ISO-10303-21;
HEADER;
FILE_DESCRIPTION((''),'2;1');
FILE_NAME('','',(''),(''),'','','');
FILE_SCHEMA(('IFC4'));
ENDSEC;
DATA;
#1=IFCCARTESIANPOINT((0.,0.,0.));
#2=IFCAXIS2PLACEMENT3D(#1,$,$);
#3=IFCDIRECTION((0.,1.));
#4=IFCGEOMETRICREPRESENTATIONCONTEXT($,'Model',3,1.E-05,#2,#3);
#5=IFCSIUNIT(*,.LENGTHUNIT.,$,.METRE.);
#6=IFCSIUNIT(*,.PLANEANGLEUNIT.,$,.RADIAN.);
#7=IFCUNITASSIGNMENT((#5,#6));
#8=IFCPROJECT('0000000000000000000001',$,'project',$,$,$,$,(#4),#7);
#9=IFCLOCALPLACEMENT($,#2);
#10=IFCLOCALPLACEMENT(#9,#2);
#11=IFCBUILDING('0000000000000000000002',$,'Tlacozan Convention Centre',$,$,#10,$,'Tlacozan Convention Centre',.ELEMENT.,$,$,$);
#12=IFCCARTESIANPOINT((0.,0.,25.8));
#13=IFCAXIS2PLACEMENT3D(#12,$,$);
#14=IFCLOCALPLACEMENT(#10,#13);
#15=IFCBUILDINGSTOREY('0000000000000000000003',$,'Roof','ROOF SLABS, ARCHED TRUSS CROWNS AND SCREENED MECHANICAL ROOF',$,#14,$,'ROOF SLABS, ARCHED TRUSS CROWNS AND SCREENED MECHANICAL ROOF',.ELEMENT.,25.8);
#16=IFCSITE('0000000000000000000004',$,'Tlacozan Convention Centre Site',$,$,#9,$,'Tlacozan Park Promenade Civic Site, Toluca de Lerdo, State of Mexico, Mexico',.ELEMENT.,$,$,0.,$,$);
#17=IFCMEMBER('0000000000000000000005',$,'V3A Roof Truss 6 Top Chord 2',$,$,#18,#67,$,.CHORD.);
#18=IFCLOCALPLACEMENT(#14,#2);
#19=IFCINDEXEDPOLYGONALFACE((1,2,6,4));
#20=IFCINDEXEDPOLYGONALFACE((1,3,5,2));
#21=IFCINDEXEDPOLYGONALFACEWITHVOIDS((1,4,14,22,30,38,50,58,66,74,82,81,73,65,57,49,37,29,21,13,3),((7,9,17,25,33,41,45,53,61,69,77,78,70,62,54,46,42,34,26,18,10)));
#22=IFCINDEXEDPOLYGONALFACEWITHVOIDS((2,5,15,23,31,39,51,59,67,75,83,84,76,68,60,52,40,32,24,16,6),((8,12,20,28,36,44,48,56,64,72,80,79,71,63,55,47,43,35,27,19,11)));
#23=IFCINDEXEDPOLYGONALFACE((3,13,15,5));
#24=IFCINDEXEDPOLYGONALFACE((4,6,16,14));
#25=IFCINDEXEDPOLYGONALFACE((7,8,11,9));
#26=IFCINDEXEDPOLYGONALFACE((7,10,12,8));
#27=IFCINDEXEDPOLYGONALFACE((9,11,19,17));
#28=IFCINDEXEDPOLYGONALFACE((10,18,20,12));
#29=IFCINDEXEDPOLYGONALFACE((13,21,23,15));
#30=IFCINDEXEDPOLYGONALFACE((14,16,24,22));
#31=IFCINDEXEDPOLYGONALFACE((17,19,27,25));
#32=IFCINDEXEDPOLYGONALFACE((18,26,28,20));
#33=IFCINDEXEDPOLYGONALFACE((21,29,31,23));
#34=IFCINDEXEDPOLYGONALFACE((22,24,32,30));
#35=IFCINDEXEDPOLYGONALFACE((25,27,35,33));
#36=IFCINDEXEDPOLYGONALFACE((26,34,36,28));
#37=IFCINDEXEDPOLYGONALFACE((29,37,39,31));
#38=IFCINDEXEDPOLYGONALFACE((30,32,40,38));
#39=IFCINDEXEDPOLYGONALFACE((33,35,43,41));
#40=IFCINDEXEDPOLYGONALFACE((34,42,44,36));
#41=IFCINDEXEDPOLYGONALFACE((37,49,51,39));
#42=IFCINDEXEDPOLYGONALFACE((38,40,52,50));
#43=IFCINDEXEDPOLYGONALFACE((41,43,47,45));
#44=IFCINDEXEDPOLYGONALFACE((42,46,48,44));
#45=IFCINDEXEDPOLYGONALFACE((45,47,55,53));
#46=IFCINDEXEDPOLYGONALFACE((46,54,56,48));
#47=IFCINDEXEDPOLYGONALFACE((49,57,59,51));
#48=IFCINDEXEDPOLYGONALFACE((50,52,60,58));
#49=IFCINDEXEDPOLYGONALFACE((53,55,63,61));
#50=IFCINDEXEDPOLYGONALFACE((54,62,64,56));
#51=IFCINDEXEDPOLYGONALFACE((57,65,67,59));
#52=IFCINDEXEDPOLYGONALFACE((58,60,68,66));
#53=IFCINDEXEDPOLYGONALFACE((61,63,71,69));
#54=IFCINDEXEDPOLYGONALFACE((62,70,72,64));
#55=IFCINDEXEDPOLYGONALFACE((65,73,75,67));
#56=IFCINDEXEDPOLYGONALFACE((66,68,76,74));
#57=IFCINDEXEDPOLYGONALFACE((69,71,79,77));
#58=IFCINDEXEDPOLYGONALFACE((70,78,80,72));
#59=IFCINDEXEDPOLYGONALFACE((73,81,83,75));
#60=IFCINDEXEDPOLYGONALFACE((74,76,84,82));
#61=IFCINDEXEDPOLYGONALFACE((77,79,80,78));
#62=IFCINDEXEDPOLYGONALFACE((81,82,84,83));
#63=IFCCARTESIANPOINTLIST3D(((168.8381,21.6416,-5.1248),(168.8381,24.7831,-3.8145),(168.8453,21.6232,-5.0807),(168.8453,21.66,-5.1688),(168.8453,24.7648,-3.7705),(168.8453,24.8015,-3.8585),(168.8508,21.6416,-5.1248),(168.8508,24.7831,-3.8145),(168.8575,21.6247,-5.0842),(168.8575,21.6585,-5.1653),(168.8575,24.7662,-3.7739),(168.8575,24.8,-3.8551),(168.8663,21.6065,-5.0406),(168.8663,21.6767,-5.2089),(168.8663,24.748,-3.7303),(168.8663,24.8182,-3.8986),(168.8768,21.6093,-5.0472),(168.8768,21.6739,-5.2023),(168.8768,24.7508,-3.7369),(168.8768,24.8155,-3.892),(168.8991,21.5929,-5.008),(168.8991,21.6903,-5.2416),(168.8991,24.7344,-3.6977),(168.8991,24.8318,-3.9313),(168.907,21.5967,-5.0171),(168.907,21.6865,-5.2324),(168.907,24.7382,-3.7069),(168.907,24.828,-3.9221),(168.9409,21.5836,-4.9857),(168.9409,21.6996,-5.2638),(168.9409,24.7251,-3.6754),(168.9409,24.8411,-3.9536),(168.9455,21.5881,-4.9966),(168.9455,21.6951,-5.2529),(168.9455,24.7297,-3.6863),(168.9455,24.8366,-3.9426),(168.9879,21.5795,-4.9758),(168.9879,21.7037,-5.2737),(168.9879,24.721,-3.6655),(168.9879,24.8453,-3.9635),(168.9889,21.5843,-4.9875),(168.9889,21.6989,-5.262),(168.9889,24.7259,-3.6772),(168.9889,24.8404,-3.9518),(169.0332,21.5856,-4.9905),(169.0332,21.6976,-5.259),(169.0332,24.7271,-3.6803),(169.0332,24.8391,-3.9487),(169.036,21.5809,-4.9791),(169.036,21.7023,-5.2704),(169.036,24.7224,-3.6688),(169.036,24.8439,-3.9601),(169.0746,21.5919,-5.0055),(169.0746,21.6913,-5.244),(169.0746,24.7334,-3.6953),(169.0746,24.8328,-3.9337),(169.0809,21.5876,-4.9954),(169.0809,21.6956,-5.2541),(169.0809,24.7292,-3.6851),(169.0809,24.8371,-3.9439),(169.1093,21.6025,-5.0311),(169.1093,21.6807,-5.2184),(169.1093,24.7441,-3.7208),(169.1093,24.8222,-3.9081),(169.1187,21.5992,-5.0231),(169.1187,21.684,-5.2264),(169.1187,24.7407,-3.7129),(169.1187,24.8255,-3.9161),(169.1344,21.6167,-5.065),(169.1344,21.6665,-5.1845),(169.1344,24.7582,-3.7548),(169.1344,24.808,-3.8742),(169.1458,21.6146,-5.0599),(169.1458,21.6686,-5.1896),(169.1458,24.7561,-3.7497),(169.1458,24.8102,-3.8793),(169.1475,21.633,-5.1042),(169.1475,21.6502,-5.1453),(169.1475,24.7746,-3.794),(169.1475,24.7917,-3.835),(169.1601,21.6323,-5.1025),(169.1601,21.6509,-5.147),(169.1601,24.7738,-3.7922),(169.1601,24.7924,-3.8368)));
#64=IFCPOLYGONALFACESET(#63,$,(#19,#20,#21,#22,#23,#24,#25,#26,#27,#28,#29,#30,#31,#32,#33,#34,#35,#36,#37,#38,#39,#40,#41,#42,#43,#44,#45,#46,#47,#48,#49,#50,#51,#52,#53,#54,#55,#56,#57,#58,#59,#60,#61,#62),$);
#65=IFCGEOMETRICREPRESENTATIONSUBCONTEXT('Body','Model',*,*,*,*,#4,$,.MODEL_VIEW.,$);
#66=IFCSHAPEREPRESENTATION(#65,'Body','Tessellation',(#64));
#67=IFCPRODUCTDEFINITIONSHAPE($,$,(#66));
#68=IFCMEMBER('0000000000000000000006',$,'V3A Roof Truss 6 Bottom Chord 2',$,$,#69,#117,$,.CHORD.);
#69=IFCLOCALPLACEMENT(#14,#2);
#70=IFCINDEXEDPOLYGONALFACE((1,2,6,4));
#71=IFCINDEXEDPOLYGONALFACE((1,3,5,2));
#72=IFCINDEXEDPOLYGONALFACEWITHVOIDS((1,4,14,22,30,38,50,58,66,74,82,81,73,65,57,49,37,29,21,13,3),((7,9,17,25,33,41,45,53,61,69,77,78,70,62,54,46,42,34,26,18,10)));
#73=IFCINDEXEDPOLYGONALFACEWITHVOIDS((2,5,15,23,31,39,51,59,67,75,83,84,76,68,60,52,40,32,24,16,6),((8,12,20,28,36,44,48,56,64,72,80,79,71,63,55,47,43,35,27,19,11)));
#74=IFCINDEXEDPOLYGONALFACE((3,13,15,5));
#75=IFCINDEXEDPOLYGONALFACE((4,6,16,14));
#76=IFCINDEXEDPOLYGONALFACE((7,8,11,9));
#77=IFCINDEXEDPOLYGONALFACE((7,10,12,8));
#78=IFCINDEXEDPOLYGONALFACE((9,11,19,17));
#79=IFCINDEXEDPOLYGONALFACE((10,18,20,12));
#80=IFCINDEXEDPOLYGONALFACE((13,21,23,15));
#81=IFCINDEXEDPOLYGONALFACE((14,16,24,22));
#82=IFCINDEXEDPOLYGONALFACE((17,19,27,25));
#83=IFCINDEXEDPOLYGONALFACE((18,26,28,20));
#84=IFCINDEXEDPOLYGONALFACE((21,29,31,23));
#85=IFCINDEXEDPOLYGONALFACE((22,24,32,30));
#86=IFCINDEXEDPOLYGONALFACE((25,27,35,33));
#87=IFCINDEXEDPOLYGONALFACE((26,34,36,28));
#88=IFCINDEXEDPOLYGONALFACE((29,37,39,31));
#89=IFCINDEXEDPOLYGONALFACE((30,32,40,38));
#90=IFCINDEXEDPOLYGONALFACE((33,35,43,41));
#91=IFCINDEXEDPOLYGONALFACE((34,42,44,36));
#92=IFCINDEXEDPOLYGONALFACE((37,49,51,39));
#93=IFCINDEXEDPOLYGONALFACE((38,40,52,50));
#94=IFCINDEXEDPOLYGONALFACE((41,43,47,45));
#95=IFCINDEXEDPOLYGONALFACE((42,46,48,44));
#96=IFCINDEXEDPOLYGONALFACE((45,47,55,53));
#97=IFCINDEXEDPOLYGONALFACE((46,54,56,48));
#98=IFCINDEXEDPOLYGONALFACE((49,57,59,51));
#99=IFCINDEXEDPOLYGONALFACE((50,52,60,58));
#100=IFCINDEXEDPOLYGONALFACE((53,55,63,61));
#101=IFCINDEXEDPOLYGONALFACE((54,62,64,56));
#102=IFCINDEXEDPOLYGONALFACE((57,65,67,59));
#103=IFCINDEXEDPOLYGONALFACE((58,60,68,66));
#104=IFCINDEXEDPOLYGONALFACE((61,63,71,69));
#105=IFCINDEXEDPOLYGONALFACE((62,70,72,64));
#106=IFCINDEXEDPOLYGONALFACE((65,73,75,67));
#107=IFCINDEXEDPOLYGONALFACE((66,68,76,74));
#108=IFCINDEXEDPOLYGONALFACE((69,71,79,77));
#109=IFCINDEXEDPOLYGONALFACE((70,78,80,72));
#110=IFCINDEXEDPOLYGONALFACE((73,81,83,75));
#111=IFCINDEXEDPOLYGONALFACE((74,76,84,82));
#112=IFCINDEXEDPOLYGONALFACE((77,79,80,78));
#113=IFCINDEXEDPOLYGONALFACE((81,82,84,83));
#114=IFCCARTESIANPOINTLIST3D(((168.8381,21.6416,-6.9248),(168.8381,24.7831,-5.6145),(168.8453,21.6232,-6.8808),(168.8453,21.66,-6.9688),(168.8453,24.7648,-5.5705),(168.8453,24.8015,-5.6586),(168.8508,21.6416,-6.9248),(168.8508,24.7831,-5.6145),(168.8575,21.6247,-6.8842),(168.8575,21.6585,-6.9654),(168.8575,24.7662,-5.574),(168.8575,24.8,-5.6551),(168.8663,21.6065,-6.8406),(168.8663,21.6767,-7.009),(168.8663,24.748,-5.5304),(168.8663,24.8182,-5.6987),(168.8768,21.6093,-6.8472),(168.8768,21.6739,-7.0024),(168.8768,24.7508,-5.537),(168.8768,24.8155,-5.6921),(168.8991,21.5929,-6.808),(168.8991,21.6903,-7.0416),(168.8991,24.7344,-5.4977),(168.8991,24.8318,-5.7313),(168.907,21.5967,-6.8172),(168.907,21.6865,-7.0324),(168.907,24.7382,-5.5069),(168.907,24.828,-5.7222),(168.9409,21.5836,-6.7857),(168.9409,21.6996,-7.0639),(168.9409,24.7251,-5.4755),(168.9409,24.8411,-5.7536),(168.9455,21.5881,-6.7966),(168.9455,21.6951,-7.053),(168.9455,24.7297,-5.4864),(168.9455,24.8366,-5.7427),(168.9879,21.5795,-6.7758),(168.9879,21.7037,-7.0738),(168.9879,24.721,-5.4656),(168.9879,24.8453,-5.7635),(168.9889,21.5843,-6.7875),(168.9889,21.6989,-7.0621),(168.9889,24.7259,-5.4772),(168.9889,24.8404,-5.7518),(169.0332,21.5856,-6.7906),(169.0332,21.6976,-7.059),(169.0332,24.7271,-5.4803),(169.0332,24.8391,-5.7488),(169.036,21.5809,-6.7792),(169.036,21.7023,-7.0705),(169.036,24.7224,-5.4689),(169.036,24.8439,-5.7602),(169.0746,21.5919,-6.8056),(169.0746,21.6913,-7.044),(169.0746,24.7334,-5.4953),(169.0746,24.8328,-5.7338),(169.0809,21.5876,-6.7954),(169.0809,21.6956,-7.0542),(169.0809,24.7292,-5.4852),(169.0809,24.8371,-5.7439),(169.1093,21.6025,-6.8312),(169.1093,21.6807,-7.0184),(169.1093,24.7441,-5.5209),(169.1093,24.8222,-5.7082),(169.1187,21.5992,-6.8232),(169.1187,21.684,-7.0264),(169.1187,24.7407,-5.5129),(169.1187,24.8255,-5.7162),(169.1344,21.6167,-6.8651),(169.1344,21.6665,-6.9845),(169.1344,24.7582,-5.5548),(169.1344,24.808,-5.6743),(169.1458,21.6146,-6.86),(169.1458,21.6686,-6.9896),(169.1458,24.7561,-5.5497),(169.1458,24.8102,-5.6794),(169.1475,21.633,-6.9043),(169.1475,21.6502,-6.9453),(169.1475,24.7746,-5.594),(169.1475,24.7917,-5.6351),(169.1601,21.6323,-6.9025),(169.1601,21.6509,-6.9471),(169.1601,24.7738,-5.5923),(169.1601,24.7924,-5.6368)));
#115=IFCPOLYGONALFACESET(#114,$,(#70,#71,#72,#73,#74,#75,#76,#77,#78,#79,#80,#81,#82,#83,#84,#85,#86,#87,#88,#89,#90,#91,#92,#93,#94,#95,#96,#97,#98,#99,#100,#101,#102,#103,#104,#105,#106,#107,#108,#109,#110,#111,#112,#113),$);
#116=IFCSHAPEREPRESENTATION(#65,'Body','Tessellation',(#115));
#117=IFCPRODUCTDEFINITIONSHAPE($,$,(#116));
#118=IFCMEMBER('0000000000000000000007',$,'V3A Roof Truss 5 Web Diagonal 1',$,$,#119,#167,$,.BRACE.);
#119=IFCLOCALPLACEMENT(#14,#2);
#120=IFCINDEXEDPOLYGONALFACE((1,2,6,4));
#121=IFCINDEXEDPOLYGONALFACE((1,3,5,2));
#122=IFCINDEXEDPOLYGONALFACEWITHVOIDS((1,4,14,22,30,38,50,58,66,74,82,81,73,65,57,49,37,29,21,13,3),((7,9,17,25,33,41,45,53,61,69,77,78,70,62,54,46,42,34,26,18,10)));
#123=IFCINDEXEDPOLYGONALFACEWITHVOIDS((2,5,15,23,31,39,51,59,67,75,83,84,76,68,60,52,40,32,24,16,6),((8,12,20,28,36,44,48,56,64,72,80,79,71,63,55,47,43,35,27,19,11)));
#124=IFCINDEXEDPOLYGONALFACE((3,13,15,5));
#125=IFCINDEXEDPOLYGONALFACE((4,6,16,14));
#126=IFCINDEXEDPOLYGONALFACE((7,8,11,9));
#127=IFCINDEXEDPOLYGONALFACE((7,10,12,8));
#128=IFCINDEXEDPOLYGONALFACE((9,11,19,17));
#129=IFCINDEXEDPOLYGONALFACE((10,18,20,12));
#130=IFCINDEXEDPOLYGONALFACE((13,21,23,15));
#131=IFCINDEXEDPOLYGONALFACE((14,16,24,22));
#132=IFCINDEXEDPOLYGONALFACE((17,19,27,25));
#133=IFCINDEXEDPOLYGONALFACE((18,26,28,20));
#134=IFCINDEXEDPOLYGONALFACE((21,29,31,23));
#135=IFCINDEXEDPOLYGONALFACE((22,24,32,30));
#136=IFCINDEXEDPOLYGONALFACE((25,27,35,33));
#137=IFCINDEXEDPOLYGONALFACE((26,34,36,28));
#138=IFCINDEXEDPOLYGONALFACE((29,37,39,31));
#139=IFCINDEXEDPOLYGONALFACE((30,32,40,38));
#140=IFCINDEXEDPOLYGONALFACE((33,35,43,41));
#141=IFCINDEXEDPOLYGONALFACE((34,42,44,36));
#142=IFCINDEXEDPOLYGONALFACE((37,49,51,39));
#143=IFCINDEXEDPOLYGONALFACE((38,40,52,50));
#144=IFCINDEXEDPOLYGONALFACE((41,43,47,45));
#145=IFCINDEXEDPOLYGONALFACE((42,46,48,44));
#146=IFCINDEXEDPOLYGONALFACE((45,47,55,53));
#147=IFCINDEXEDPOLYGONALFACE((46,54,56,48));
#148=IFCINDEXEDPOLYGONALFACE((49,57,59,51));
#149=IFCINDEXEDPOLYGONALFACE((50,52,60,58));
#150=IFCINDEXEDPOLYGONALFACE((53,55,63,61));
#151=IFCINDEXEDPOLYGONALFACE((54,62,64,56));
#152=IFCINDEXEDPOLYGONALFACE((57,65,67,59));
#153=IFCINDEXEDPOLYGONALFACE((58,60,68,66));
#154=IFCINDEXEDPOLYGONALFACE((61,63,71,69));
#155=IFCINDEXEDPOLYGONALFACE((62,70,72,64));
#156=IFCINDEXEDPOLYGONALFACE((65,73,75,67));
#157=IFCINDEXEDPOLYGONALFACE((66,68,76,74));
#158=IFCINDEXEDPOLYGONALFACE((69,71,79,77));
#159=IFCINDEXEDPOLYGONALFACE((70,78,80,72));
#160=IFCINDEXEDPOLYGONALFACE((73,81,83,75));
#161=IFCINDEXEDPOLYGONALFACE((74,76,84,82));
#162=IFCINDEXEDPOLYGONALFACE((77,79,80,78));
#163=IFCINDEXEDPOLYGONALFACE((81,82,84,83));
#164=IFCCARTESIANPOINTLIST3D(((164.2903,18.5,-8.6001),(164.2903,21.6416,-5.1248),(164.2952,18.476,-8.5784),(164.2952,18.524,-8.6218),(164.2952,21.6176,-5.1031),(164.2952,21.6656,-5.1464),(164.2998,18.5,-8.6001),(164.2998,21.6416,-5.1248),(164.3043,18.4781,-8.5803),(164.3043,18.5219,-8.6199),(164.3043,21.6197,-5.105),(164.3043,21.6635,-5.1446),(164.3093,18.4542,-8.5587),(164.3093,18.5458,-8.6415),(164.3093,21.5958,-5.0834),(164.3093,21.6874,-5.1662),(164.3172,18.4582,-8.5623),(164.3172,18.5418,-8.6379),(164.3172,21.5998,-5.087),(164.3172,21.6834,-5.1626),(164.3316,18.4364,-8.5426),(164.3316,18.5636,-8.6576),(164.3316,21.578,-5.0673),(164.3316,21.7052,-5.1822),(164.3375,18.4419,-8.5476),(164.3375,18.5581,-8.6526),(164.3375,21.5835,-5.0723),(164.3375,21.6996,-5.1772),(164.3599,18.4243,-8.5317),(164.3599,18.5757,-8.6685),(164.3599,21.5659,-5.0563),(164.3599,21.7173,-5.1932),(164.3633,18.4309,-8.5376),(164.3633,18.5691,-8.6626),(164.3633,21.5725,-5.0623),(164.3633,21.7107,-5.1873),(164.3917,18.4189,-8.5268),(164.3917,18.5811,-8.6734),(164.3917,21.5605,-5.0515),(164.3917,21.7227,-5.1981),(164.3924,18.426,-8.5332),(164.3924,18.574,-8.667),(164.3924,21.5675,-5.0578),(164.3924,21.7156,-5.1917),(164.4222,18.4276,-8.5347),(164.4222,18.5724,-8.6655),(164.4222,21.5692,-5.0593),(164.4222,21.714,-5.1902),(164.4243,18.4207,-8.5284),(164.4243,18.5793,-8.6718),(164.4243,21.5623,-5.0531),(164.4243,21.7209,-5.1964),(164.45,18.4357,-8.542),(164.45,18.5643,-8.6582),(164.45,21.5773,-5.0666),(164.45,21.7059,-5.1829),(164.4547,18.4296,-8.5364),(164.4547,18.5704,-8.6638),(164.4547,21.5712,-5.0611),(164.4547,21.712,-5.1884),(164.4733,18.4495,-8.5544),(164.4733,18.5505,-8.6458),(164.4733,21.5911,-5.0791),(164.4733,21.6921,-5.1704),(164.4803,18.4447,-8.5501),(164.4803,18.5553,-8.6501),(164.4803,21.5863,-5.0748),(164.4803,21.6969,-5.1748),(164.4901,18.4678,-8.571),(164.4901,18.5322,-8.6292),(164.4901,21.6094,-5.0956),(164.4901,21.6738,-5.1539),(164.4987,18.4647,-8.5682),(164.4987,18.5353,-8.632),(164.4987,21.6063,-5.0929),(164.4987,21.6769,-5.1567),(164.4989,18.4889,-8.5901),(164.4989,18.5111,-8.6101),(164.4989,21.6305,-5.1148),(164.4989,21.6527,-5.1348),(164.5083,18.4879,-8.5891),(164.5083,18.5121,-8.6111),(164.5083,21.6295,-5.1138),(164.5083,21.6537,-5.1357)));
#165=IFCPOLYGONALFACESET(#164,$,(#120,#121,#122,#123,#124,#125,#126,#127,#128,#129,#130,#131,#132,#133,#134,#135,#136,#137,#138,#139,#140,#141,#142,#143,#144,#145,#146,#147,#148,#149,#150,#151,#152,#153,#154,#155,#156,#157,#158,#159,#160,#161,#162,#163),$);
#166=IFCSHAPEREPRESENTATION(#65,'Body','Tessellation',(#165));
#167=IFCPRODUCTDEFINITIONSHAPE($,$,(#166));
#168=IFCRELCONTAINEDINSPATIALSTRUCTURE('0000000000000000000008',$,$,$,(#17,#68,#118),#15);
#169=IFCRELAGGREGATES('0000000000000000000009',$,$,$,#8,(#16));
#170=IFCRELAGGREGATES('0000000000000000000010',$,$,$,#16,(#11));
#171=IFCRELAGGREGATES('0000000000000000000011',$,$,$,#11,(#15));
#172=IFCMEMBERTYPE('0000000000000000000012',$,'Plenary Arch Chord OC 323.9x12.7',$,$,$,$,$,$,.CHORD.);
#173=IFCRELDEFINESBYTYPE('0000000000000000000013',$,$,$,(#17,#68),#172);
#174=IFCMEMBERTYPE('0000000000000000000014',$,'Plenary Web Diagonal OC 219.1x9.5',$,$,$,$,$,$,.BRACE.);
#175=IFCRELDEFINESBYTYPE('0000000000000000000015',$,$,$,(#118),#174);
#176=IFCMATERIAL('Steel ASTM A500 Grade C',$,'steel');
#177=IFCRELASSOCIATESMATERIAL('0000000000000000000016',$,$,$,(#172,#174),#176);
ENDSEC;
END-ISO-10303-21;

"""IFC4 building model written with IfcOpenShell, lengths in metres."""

from ifc_helpers import new_model, si_unit, direction, frame, origin, origin_2d, place, context, subcontext, project, spatial, hollow_circle, extrude, material, material_profile, profile_set, type_object, element, save


model = new_model("IFC4")

# Units and contexts
model_context = context("Model", 3, precision=1e-05, world=origin(), true_north=direction((0.0, 1.0)))
body_context = subcontext(model_context, "Body", "Model", "MODEL_VIEW")
ifc_project = project(units=[si_unit("LENGTHUNIT", "METRE"), si_unit("PLANEANGLEUNIT", "RADIAN")], contexts=[model_context])

# Site, building, storey
site_placement = place(None, origin())
site = spatial("IfcSite", under=ifc_project, at=site_placement, Name="Tlacozan Convention Centre Site", LongName="Tlacozan Park Promenade Civic Site, Toluca de Lerdo, State of Mexico, Mexico", CompositionType="ELEMENT", RefElevation=0.0)
building_placement = place(site_placement, origin())
building = spatial("IfcBuilding", under=site, at=building_placement, Name="Tlacozan Convention Centre", LongName="Tlacozan Convention Centre", CompositionType="ELEMENT")
storey_placement = place(building_placement, frame((0.0, 0.0, 25.8)))
storey = spatial("IfcBuildingStorey", under=building, at=storey_placement, Name="Roof", Description="ROOF SLABS, ARCHED TRUSS CROWNS AND SCREENED MECHANICAL ROOF", LongName="ROOF SLABS, ARCHED TRUSS CROWNS AND SCREENED MECHANICAL ROOF", CompositionType="ELEMENT", Elevation=25.8)

# Members
ifc_material_1 = material(Name="Steel ASTM A500 Grade C", Category="steel")
ifc_material_profile_1 = material_profile(ifc_material_1, hollow_circle(Radius=0.1619, WallThickness=0.0127, at=origin_2d()), Name="OC 323.9x12.7")
ifc_profile_set_1 = profile_set([ifc_material_profile_1], Name="Steel ASTM A500 Grade C")
member_type_1 = type_object("IfcMemberType", Name="Plenary Arch Chord OC 323.9x12.7", PredefinedType="CHORD", material=ifc_profile_set_1)
for number, where, z_axis, x_axis, name in (
    (1, (169.0, 21.6416, -5.1248), (0.0, 0.922941, 0.384941), (-1.0, 0.0, 0.0), "V3A Roof Truss 6 Top Chord 2"),
    (2, (169.0, 21.6416, -6.9248), (0.0, 0.922941, 0.384941), (-1.0, 0.0, 0.0), "V3A Roof Truss 6 Bottom Chord 2"),
):
    element("IfcMember", number, at=place(storey_placement, frame(where, z_axis=z_axis, x_axis=x_axis)), inside=storey, type_object=member_type_1, Name=name, PredefinedType="CHORD", context=body_context, shape_type="SweptSolid", body=[
        extrude(hollow_circle(Radius=0.1619, WallThickness=0.0127, at=origin_2d()), origin(), (0.0, 0.0, 1.0), 3.4038),
    ])
ifc_material_profile_2 = material_profile(ifc_material_1, hollow_circle(Radius=0.1096, WallThickness=0.0095, at=origin_2d()), Name="OC 219.1x9.5")
ifc_profile_set_2 = profile_set([ifc_material_profile_2], Name="Steel ASTM A500 Grade C")
member_type_2 = type_object("IfcMemberType", Name="Plenary Web Diagonal OC 219.1x9.5", PredefinedType="BRACE", material=ifc_profile_set_2)
member_1_placement = place(storey_placement, frame((164.3999, 18.5, -8.6001), z_axis=(0.0, 0.67059, 0.741828), x_axis=(-1.0, 0.0, 0.0)))
element("IfcMember", 3, at=member_1_placement, inside=storey, type_object=member_type_2, Name="V3A Roof Truss 5 Web Diagonal 1", PredefinedType="BRACE", context=body_context, shape_type="SweptSolid", body=[
    extrude(hollow_circle(Radius=0.1096, WallThickness=0.0095, at=origin_2d()), origin(), (0.0, 0.0, 1.0), 4.6848),
])

save(model, "model.ifc")
